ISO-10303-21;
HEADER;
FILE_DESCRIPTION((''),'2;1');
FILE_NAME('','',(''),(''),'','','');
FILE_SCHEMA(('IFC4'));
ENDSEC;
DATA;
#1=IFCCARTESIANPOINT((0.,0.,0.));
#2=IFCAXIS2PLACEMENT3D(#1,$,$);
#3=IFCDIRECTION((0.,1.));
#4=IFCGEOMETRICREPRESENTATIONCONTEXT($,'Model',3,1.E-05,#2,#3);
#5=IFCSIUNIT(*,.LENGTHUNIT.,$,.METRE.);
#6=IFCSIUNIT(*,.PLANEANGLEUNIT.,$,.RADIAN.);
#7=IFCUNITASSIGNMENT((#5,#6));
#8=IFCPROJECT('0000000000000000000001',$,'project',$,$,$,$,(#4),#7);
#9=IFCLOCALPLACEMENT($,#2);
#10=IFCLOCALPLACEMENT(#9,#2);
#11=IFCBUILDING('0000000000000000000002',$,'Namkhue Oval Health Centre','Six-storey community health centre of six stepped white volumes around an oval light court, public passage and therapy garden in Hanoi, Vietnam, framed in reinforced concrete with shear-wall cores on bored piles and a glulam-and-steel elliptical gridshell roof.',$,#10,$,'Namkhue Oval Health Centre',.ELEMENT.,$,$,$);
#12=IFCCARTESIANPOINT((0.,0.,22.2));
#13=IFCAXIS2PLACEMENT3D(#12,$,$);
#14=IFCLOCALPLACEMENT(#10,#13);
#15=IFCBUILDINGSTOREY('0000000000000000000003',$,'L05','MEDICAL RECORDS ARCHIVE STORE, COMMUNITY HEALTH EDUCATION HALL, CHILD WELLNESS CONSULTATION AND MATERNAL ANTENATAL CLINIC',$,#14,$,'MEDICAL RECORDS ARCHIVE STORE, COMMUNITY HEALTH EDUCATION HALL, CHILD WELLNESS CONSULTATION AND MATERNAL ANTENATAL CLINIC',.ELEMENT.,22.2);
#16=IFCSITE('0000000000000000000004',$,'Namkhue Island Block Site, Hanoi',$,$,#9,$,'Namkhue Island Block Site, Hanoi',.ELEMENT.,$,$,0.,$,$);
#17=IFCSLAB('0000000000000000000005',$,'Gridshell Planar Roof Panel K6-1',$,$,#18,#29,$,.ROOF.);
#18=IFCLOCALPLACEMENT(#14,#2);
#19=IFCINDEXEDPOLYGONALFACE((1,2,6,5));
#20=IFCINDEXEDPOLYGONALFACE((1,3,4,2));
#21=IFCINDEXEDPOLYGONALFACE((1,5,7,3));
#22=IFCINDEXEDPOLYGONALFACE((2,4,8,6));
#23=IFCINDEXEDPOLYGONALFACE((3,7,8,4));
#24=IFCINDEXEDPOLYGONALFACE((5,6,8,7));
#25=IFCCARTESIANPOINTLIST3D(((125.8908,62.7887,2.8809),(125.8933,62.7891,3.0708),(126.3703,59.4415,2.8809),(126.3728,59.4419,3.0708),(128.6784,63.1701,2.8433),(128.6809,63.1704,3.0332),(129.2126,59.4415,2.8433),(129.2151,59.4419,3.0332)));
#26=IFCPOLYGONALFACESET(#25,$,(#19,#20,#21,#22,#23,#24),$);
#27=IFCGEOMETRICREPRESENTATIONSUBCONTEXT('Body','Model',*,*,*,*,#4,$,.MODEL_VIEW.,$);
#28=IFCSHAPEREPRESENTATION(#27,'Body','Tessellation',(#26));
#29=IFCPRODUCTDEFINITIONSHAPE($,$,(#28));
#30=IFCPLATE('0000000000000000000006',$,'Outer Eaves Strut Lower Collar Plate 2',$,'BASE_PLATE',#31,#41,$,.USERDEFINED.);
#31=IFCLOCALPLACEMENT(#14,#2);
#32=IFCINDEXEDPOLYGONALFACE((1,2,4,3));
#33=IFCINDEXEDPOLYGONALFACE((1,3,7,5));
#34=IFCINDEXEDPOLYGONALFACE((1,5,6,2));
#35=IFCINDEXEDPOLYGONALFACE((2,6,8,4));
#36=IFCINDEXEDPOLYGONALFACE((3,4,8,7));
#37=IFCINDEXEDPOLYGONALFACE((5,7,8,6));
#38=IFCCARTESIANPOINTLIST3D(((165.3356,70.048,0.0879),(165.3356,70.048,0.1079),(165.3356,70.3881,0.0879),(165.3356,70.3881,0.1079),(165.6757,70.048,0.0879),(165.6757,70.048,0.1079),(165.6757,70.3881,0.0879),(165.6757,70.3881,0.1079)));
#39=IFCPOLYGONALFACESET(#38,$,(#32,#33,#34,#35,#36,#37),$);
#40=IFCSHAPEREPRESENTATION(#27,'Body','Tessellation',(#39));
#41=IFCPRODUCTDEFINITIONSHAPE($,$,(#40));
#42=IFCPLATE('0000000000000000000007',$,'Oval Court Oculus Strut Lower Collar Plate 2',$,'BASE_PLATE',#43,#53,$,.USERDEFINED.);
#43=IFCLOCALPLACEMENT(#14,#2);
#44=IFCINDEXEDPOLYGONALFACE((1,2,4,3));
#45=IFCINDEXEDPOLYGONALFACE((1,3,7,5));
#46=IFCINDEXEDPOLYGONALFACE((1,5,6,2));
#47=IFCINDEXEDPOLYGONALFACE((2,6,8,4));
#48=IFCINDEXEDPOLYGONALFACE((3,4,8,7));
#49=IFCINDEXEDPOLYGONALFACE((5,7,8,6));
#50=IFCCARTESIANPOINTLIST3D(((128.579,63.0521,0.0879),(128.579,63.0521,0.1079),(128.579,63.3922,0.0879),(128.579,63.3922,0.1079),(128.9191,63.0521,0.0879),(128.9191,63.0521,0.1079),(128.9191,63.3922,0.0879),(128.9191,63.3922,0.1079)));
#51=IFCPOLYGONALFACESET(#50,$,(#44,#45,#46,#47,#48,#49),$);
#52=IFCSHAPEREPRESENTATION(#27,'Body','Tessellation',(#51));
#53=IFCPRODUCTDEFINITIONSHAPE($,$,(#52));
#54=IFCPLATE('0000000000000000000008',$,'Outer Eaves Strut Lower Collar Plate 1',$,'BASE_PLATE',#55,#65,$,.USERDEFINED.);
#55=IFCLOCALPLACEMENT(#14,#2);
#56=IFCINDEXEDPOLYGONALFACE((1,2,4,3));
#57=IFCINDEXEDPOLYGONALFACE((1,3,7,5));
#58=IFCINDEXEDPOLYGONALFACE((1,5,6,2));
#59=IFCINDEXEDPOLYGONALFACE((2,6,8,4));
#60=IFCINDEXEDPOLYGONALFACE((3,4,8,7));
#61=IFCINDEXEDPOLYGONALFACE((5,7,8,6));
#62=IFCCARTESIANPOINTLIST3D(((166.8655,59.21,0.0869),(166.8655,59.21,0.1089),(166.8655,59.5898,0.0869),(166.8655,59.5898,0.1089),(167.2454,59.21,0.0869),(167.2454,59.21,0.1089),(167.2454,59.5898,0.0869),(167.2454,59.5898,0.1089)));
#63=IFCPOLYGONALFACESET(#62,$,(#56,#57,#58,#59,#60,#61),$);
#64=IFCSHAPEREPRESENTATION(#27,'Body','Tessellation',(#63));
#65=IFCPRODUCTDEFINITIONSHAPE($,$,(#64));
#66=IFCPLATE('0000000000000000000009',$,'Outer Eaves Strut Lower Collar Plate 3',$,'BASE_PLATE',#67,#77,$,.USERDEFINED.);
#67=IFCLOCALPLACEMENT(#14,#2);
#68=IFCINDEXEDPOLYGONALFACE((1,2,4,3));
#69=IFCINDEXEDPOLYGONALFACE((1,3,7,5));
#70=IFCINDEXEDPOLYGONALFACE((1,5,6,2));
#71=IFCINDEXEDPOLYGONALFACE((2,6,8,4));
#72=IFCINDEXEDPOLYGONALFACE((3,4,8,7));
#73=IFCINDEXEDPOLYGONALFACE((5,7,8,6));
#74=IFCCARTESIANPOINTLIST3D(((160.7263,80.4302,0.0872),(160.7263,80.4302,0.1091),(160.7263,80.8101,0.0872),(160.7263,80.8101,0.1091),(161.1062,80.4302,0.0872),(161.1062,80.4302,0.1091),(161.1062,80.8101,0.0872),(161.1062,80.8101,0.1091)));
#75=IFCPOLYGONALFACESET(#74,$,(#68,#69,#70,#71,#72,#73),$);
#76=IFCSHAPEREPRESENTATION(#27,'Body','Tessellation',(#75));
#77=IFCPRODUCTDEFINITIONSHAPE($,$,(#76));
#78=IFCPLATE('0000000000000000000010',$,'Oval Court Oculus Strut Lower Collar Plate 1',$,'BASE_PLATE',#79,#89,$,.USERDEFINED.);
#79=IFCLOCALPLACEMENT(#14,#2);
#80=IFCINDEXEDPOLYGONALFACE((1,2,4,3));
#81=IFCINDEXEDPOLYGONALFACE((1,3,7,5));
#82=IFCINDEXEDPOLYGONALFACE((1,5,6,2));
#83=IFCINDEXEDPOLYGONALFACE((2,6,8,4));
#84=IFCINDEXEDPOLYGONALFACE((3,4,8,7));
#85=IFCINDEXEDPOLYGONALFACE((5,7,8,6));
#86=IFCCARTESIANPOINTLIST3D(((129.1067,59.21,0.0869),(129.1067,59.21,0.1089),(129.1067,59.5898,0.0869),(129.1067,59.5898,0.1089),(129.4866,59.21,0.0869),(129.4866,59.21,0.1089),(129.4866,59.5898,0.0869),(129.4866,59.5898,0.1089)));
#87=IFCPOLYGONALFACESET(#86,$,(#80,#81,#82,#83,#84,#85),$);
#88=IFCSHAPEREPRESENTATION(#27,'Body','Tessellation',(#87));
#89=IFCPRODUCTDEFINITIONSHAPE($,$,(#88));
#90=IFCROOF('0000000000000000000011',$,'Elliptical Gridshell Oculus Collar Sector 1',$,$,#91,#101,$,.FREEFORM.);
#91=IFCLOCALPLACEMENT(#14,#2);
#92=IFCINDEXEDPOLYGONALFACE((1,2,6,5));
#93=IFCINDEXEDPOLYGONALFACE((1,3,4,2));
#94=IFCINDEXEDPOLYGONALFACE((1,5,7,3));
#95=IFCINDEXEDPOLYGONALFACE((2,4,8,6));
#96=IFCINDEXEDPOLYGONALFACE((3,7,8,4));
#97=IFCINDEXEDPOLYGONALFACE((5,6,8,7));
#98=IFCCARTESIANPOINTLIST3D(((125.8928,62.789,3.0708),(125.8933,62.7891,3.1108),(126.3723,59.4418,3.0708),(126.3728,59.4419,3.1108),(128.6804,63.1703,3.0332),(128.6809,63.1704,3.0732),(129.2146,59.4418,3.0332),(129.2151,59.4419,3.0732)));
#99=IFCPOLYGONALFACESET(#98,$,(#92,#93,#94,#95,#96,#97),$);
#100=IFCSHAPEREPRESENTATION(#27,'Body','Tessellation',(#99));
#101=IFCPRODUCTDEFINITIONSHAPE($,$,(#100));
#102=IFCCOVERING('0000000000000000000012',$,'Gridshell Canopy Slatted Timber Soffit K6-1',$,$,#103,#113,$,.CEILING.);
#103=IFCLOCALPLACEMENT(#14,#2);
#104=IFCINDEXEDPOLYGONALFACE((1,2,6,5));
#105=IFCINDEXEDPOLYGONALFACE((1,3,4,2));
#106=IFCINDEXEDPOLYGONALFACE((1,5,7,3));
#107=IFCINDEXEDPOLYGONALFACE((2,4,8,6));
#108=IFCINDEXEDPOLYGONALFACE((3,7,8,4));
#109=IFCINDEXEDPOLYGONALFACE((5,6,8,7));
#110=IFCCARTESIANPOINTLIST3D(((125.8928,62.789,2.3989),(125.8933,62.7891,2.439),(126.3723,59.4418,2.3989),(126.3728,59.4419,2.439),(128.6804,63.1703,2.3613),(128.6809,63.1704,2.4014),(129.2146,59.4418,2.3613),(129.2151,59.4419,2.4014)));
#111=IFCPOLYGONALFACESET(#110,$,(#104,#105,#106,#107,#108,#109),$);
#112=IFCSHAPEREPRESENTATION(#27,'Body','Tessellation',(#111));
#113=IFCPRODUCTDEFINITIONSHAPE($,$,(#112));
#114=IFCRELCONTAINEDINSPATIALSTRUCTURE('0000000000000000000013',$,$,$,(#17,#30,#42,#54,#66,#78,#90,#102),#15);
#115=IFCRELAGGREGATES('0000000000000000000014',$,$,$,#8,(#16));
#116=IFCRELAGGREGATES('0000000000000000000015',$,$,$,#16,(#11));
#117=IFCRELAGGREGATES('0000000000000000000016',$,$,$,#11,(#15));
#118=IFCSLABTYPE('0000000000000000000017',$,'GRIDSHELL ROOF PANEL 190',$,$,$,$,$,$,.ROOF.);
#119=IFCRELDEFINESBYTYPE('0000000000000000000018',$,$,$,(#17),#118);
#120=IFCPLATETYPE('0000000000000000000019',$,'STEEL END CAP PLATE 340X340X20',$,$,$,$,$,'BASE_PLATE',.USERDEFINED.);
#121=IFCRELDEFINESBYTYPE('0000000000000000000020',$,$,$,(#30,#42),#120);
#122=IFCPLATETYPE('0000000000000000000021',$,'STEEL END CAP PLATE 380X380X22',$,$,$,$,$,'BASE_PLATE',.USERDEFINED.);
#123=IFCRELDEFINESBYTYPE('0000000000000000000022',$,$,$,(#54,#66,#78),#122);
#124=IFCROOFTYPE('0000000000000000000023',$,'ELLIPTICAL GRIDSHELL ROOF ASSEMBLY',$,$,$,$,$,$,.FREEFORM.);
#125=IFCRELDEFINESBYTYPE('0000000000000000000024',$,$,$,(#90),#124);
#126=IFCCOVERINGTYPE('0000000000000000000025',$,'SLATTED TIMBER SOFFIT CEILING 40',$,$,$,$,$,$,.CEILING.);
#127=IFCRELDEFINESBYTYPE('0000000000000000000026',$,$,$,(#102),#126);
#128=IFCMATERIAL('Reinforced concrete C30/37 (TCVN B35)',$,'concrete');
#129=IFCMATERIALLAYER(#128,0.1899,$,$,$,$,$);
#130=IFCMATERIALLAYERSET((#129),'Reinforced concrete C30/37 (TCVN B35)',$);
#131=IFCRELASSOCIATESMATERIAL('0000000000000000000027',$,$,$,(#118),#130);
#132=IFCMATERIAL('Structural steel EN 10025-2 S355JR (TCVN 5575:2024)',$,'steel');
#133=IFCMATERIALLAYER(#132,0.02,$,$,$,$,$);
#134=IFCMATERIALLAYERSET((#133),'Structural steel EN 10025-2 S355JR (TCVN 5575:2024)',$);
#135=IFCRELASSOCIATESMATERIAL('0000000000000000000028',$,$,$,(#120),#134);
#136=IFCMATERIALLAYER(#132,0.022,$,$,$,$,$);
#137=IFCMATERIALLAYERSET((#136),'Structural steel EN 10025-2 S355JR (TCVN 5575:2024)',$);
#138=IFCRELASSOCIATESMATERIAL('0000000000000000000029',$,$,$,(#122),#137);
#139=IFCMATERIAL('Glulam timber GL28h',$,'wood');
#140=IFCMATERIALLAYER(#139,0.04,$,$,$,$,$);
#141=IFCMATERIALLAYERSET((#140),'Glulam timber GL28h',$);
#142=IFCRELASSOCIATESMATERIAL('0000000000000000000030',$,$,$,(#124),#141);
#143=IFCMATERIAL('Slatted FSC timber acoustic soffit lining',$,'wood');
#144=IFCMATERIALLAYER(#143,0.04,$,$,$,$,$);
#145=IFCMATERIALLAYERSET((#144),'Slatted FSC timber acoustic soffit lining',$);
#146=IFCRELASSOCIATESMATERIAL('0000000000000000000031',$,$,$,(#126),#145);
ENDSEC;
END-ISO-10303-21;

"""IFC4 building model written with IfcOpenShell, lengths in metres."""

from ifc_helpers import new_model, si_unit, direction, frame, origin, origin_2d, place, context, subcontext, project, spatial, polyline, rectangle, outline, extrude, material, layer, layer_set, type_object, element, save


model = new_model("IFC4")

# Units and contexts
model_context = context("Model", 3, precision=1e-05, world=origin(), true_north=direction((0.0, 1.0)))
body_context = subcontext(model_context, "Body", "Model", "MODEL_VIEW")
ifc_project = project(units=[si_unit("LENGTHUNIT", "METRE"), si_unit("PLANEANGLEUNIT", "RADIAN")], contexts=[model_context])

# Site, building, storey
site_placement = place(None, origin())
site = spatial("IfcSite", under=ifc_project, at=site_placement, Name="Namkhue Island Block Site, Hanoi", LongName="Namkhue Island Block Site, Hanoi", CompositionType="ELEMENT", RefElevation=0.0)
building_placement = place(site_placement, origin())
building = spatial("IfcBuilding", under=site, at=building_placement, Name="Namkhue Oval Health Centre", Description="Six-storey community health centre of six stepped white volumes around an oval light court, public passage and therapy garden in Hanoi, Vietnam, framed in reinforced concrete with shear-wall cores on bored piles and a glulam-and-steel elliptical gridshell roof.", LongName="Namkhue Oval Health Centre", CompositionType="ELEMENT")
storey_placement = place(building_placement, frame((0.0, 0.0, 22.2)))
storey = spatial("IfcBuildingStorey", under=building, at=storey_placement, Name="L05", Description="MEDICAL RECORDS ARCHIVE STORE, COMMUNITY HEALTH EDUCATION HALL, CHILD WELLNESS CONSULTATION AND MATERNAL ANTENATAL CLINIC", LongName="MEDICAL RECORDS ARCHIVE STORE, COMMUNITY HEALTH EDUCATION HALL, CHILD WELLNESS CONSULTATION AND MATERNAL ANTENATAL CLINIC", CompositionType="ELEMENT", Elevation=22.2)

# Shared definitions
ifc_material_1 = material(Name="Structural steel EN 10025-2 S355JR (TCVN 5575:2024)", Category="steel")
ifc_material_2 = material(Name="Glulam timber GL28h", Category="wood")

# Slab
ifc_material_3 = material(Name="Reinforced concrete C30/37 (TCVN B35)", Category="concrete")
ifc_layer_1 = layer(ifc_material_3, 0.1899)
ifc_layer_set_1 = layer_set([ifc_layer_1], Name="Reinforced concrete C30/37 (TCVN B35)")
slab_type = type_object("IfcSlabType", Name="GRIDSHELL ROOF PANEL 190", PredefinedType="ROOF", material=ifc_layer_set_1)
slab_placement = place(storey_placement, frame((129.2151, 59.4419, 3.0332), z_axis=(0.013227, 0.001895, 0.999911), x_axis=(-0.141821, 0.989892, 0.0)))
element("IfcSlab", 1, at=slab_placement, inside=storey, type_object=slab_type, Name="Gridshell Planar Roof Panel K6-1", PredefinedType="ROOF", context=body_context, shape_type="SweptSolid", body=[
    extrude(outline(polyline([(0.0, 0.0), (3.7666, 0.0), (3.7844, 2.8138), (0.4031, 2.8138), (0.0, 0.0)])), origin(), (0.0, 0.0, -1.0), 0.1899),
])

# Plates
ifc_layer_2 = layer(ifc_material_1, 0.02)
ifc_layer_set_2 = layer_set([ifc_layer_2], Name="Structural steel EN 10025-2 S355JR (TCVN 5575:2024)")
plate_type_1 = type_object("IfcPlateType", Name="STEEL END CAP PLATE 340X340X20", ElementType="BASE_PLATE", PredefinedType="USERDEFINED", material=ifc_layer_set_2)
for number, where, z_axis, x_axis, name in (
    (2, (165.5056, 70.218, 0.0879), (0.0, 0.0, 1.0), (1.0, 0.0, 0.0), "Outer Eaves Strut Lower Collar Plate 2"),
    (3, (128.749, 63.2222, 0.0879), (0.0, 0.0, 1.0), (1.0, 0.0, 0.0), "Oval Court Oculus Strut Lower Collar Plate 2"),
):
    element("IfcPlate", number, at=place(storey_placement, frame(where, z_axis=z_axis, x_axis=x_axis)), inside=storey, type_object=plate_type_1, Name=name, ObjectType="BASE_PLATE", PredefinedType="USERDEFINED", context=body_context, shape_type="SweptSolid", body=[
        extrude(rectangle(XDim=0.3401, YDim=0.3401, at=origin_2d()), origin(), (0.0, 0.0, 1.0), 0.02),
    ])
ifc_layer_3 = layer(ifc_material_1, 0.022)
ifc_layer_set_3 = layer_set([ifc_layer_3], Name="Structural steel EN 10025-2 S355JR (TCVN 5575:2024)")
plate_type_2 = type_object("IfcPlateType", Name="STEEL END CAP PLATE 380X380X22", ElementType="BASE_PLATE", PredefinedType="USERDEFINED", material=ifc_layer_set_3)
for number, where, z_axis, x_axis, name in (
    (4, (167.0554, 59.3999, 0.0869), (0.0, 0.0, 1.0), (1.0, 0.0, 0.0), "Outer Eaves Strut Lower Collar Plate 1"),
    (5, (160.9163, 80.6201, 0.0872), (0.0, 0.0, 1.0), (1.0, 0.0, 0.0), "Outer Eaves Strut Lower Collar Plate 3"),
    (6, (129.2966, 59.3999, 0.0869), (0.0, 0.0, 1.0), (1.0, 0.0, 0.0), "Oval Court Oculus Strut Lower Collar Plate 1"),
):
    element("IfcPlate", number, at=place(storey_placement, frame(where, z_axis=z_axis, x_axis=x_axis)), inside=storey, type_object=plate_type_2, Name=name, ObjectType="BASE_PLATE", PredefinedType="USERDEFINED", context=body_context, shape_type="SweptSolid", body=[
        extrude(rectangle(XDim=0.3799, YDim=0.3799, at=origin_2d()), origin(), (0.0, 0.0, 1.0), 0.022),
    ])

# Roof
ifc_layer_4 = layer(ifc_material_2, 0.04)
ifc_layer_set_4 = layer_set([ifc_layer_4], Name="Glulam timber GL28h")
roof_type = type_object("IfcRoofType", Name="ELLIPTICAL GRIDSHELL ROOF ASSEMBLY", PredefinedType="FREEFORM", material=ifc_layer_set_4)
roof_placement = place(storey_placement, frame((129.2151, 59.4419, 3.0732), z_axis=(0.013227, 0.001895, 0.999911), x_axis=(-0.141821, 0.989892, 0.0)))
element("IfcRoof", 7, at=roof_placement, inside=storey, type_object=roof_type, Name="Elliptical Gridshell Oculus Collar Sector 1", PredefinedType="FREEFORM", context=body_context, shape_type="SweptSolid", body=[
    extrude(outline(polyline([(0.0, 0.0), (3.7666, 0.0), (3.7844, 2.8138), (0.4031, 2.8138), (0.0, 0.0)])), origin(), (0.0, 0.0, -1.0), 0.04),
])

# Covering
ifc_material_4 = material(Name="Slatted FSC timber acoustic soffit lining", Category="wood")
ifc_layer_5 = layer(ifc_material_4, 0.04)
ifc_layer_set_5 = layer_set([ifc_layer_5], Name="Slatted FSC timber acoustic soffit lining")
covering_type = type_object("IfcCoveringType", Name="SLATTED TIMBER SOFFIT CEILING 40", PredefinedType="CEILING", material=ifc_layer_set_5)
covering_placement = place(storey_placement, frame((129.2151, 59.4419, 2.4014), z_axis=(0.013227, 0.001895, 0.999911), x_axis=(-0.141821, 0.989892, 0.0)))
element("IfcCovering", 8, at=covering_placement, inside=storey, type_object=covering_type, Name="Gridshell Canopy Slatted Timber Soffit K6-1", PredefinedType="CEILING", context=body_context, shape_type="SweptSolid", body=[
    extrude(outline(polyline([(0.0, 0.0), (3.7666, 0.0), (3.7844, 2.8138), (0.4031, 2.8138), (0.0, 0.0)])), origin(), (0.0, 0.0, -1.0), 0.04),
])

save(model, "model.ifc")
